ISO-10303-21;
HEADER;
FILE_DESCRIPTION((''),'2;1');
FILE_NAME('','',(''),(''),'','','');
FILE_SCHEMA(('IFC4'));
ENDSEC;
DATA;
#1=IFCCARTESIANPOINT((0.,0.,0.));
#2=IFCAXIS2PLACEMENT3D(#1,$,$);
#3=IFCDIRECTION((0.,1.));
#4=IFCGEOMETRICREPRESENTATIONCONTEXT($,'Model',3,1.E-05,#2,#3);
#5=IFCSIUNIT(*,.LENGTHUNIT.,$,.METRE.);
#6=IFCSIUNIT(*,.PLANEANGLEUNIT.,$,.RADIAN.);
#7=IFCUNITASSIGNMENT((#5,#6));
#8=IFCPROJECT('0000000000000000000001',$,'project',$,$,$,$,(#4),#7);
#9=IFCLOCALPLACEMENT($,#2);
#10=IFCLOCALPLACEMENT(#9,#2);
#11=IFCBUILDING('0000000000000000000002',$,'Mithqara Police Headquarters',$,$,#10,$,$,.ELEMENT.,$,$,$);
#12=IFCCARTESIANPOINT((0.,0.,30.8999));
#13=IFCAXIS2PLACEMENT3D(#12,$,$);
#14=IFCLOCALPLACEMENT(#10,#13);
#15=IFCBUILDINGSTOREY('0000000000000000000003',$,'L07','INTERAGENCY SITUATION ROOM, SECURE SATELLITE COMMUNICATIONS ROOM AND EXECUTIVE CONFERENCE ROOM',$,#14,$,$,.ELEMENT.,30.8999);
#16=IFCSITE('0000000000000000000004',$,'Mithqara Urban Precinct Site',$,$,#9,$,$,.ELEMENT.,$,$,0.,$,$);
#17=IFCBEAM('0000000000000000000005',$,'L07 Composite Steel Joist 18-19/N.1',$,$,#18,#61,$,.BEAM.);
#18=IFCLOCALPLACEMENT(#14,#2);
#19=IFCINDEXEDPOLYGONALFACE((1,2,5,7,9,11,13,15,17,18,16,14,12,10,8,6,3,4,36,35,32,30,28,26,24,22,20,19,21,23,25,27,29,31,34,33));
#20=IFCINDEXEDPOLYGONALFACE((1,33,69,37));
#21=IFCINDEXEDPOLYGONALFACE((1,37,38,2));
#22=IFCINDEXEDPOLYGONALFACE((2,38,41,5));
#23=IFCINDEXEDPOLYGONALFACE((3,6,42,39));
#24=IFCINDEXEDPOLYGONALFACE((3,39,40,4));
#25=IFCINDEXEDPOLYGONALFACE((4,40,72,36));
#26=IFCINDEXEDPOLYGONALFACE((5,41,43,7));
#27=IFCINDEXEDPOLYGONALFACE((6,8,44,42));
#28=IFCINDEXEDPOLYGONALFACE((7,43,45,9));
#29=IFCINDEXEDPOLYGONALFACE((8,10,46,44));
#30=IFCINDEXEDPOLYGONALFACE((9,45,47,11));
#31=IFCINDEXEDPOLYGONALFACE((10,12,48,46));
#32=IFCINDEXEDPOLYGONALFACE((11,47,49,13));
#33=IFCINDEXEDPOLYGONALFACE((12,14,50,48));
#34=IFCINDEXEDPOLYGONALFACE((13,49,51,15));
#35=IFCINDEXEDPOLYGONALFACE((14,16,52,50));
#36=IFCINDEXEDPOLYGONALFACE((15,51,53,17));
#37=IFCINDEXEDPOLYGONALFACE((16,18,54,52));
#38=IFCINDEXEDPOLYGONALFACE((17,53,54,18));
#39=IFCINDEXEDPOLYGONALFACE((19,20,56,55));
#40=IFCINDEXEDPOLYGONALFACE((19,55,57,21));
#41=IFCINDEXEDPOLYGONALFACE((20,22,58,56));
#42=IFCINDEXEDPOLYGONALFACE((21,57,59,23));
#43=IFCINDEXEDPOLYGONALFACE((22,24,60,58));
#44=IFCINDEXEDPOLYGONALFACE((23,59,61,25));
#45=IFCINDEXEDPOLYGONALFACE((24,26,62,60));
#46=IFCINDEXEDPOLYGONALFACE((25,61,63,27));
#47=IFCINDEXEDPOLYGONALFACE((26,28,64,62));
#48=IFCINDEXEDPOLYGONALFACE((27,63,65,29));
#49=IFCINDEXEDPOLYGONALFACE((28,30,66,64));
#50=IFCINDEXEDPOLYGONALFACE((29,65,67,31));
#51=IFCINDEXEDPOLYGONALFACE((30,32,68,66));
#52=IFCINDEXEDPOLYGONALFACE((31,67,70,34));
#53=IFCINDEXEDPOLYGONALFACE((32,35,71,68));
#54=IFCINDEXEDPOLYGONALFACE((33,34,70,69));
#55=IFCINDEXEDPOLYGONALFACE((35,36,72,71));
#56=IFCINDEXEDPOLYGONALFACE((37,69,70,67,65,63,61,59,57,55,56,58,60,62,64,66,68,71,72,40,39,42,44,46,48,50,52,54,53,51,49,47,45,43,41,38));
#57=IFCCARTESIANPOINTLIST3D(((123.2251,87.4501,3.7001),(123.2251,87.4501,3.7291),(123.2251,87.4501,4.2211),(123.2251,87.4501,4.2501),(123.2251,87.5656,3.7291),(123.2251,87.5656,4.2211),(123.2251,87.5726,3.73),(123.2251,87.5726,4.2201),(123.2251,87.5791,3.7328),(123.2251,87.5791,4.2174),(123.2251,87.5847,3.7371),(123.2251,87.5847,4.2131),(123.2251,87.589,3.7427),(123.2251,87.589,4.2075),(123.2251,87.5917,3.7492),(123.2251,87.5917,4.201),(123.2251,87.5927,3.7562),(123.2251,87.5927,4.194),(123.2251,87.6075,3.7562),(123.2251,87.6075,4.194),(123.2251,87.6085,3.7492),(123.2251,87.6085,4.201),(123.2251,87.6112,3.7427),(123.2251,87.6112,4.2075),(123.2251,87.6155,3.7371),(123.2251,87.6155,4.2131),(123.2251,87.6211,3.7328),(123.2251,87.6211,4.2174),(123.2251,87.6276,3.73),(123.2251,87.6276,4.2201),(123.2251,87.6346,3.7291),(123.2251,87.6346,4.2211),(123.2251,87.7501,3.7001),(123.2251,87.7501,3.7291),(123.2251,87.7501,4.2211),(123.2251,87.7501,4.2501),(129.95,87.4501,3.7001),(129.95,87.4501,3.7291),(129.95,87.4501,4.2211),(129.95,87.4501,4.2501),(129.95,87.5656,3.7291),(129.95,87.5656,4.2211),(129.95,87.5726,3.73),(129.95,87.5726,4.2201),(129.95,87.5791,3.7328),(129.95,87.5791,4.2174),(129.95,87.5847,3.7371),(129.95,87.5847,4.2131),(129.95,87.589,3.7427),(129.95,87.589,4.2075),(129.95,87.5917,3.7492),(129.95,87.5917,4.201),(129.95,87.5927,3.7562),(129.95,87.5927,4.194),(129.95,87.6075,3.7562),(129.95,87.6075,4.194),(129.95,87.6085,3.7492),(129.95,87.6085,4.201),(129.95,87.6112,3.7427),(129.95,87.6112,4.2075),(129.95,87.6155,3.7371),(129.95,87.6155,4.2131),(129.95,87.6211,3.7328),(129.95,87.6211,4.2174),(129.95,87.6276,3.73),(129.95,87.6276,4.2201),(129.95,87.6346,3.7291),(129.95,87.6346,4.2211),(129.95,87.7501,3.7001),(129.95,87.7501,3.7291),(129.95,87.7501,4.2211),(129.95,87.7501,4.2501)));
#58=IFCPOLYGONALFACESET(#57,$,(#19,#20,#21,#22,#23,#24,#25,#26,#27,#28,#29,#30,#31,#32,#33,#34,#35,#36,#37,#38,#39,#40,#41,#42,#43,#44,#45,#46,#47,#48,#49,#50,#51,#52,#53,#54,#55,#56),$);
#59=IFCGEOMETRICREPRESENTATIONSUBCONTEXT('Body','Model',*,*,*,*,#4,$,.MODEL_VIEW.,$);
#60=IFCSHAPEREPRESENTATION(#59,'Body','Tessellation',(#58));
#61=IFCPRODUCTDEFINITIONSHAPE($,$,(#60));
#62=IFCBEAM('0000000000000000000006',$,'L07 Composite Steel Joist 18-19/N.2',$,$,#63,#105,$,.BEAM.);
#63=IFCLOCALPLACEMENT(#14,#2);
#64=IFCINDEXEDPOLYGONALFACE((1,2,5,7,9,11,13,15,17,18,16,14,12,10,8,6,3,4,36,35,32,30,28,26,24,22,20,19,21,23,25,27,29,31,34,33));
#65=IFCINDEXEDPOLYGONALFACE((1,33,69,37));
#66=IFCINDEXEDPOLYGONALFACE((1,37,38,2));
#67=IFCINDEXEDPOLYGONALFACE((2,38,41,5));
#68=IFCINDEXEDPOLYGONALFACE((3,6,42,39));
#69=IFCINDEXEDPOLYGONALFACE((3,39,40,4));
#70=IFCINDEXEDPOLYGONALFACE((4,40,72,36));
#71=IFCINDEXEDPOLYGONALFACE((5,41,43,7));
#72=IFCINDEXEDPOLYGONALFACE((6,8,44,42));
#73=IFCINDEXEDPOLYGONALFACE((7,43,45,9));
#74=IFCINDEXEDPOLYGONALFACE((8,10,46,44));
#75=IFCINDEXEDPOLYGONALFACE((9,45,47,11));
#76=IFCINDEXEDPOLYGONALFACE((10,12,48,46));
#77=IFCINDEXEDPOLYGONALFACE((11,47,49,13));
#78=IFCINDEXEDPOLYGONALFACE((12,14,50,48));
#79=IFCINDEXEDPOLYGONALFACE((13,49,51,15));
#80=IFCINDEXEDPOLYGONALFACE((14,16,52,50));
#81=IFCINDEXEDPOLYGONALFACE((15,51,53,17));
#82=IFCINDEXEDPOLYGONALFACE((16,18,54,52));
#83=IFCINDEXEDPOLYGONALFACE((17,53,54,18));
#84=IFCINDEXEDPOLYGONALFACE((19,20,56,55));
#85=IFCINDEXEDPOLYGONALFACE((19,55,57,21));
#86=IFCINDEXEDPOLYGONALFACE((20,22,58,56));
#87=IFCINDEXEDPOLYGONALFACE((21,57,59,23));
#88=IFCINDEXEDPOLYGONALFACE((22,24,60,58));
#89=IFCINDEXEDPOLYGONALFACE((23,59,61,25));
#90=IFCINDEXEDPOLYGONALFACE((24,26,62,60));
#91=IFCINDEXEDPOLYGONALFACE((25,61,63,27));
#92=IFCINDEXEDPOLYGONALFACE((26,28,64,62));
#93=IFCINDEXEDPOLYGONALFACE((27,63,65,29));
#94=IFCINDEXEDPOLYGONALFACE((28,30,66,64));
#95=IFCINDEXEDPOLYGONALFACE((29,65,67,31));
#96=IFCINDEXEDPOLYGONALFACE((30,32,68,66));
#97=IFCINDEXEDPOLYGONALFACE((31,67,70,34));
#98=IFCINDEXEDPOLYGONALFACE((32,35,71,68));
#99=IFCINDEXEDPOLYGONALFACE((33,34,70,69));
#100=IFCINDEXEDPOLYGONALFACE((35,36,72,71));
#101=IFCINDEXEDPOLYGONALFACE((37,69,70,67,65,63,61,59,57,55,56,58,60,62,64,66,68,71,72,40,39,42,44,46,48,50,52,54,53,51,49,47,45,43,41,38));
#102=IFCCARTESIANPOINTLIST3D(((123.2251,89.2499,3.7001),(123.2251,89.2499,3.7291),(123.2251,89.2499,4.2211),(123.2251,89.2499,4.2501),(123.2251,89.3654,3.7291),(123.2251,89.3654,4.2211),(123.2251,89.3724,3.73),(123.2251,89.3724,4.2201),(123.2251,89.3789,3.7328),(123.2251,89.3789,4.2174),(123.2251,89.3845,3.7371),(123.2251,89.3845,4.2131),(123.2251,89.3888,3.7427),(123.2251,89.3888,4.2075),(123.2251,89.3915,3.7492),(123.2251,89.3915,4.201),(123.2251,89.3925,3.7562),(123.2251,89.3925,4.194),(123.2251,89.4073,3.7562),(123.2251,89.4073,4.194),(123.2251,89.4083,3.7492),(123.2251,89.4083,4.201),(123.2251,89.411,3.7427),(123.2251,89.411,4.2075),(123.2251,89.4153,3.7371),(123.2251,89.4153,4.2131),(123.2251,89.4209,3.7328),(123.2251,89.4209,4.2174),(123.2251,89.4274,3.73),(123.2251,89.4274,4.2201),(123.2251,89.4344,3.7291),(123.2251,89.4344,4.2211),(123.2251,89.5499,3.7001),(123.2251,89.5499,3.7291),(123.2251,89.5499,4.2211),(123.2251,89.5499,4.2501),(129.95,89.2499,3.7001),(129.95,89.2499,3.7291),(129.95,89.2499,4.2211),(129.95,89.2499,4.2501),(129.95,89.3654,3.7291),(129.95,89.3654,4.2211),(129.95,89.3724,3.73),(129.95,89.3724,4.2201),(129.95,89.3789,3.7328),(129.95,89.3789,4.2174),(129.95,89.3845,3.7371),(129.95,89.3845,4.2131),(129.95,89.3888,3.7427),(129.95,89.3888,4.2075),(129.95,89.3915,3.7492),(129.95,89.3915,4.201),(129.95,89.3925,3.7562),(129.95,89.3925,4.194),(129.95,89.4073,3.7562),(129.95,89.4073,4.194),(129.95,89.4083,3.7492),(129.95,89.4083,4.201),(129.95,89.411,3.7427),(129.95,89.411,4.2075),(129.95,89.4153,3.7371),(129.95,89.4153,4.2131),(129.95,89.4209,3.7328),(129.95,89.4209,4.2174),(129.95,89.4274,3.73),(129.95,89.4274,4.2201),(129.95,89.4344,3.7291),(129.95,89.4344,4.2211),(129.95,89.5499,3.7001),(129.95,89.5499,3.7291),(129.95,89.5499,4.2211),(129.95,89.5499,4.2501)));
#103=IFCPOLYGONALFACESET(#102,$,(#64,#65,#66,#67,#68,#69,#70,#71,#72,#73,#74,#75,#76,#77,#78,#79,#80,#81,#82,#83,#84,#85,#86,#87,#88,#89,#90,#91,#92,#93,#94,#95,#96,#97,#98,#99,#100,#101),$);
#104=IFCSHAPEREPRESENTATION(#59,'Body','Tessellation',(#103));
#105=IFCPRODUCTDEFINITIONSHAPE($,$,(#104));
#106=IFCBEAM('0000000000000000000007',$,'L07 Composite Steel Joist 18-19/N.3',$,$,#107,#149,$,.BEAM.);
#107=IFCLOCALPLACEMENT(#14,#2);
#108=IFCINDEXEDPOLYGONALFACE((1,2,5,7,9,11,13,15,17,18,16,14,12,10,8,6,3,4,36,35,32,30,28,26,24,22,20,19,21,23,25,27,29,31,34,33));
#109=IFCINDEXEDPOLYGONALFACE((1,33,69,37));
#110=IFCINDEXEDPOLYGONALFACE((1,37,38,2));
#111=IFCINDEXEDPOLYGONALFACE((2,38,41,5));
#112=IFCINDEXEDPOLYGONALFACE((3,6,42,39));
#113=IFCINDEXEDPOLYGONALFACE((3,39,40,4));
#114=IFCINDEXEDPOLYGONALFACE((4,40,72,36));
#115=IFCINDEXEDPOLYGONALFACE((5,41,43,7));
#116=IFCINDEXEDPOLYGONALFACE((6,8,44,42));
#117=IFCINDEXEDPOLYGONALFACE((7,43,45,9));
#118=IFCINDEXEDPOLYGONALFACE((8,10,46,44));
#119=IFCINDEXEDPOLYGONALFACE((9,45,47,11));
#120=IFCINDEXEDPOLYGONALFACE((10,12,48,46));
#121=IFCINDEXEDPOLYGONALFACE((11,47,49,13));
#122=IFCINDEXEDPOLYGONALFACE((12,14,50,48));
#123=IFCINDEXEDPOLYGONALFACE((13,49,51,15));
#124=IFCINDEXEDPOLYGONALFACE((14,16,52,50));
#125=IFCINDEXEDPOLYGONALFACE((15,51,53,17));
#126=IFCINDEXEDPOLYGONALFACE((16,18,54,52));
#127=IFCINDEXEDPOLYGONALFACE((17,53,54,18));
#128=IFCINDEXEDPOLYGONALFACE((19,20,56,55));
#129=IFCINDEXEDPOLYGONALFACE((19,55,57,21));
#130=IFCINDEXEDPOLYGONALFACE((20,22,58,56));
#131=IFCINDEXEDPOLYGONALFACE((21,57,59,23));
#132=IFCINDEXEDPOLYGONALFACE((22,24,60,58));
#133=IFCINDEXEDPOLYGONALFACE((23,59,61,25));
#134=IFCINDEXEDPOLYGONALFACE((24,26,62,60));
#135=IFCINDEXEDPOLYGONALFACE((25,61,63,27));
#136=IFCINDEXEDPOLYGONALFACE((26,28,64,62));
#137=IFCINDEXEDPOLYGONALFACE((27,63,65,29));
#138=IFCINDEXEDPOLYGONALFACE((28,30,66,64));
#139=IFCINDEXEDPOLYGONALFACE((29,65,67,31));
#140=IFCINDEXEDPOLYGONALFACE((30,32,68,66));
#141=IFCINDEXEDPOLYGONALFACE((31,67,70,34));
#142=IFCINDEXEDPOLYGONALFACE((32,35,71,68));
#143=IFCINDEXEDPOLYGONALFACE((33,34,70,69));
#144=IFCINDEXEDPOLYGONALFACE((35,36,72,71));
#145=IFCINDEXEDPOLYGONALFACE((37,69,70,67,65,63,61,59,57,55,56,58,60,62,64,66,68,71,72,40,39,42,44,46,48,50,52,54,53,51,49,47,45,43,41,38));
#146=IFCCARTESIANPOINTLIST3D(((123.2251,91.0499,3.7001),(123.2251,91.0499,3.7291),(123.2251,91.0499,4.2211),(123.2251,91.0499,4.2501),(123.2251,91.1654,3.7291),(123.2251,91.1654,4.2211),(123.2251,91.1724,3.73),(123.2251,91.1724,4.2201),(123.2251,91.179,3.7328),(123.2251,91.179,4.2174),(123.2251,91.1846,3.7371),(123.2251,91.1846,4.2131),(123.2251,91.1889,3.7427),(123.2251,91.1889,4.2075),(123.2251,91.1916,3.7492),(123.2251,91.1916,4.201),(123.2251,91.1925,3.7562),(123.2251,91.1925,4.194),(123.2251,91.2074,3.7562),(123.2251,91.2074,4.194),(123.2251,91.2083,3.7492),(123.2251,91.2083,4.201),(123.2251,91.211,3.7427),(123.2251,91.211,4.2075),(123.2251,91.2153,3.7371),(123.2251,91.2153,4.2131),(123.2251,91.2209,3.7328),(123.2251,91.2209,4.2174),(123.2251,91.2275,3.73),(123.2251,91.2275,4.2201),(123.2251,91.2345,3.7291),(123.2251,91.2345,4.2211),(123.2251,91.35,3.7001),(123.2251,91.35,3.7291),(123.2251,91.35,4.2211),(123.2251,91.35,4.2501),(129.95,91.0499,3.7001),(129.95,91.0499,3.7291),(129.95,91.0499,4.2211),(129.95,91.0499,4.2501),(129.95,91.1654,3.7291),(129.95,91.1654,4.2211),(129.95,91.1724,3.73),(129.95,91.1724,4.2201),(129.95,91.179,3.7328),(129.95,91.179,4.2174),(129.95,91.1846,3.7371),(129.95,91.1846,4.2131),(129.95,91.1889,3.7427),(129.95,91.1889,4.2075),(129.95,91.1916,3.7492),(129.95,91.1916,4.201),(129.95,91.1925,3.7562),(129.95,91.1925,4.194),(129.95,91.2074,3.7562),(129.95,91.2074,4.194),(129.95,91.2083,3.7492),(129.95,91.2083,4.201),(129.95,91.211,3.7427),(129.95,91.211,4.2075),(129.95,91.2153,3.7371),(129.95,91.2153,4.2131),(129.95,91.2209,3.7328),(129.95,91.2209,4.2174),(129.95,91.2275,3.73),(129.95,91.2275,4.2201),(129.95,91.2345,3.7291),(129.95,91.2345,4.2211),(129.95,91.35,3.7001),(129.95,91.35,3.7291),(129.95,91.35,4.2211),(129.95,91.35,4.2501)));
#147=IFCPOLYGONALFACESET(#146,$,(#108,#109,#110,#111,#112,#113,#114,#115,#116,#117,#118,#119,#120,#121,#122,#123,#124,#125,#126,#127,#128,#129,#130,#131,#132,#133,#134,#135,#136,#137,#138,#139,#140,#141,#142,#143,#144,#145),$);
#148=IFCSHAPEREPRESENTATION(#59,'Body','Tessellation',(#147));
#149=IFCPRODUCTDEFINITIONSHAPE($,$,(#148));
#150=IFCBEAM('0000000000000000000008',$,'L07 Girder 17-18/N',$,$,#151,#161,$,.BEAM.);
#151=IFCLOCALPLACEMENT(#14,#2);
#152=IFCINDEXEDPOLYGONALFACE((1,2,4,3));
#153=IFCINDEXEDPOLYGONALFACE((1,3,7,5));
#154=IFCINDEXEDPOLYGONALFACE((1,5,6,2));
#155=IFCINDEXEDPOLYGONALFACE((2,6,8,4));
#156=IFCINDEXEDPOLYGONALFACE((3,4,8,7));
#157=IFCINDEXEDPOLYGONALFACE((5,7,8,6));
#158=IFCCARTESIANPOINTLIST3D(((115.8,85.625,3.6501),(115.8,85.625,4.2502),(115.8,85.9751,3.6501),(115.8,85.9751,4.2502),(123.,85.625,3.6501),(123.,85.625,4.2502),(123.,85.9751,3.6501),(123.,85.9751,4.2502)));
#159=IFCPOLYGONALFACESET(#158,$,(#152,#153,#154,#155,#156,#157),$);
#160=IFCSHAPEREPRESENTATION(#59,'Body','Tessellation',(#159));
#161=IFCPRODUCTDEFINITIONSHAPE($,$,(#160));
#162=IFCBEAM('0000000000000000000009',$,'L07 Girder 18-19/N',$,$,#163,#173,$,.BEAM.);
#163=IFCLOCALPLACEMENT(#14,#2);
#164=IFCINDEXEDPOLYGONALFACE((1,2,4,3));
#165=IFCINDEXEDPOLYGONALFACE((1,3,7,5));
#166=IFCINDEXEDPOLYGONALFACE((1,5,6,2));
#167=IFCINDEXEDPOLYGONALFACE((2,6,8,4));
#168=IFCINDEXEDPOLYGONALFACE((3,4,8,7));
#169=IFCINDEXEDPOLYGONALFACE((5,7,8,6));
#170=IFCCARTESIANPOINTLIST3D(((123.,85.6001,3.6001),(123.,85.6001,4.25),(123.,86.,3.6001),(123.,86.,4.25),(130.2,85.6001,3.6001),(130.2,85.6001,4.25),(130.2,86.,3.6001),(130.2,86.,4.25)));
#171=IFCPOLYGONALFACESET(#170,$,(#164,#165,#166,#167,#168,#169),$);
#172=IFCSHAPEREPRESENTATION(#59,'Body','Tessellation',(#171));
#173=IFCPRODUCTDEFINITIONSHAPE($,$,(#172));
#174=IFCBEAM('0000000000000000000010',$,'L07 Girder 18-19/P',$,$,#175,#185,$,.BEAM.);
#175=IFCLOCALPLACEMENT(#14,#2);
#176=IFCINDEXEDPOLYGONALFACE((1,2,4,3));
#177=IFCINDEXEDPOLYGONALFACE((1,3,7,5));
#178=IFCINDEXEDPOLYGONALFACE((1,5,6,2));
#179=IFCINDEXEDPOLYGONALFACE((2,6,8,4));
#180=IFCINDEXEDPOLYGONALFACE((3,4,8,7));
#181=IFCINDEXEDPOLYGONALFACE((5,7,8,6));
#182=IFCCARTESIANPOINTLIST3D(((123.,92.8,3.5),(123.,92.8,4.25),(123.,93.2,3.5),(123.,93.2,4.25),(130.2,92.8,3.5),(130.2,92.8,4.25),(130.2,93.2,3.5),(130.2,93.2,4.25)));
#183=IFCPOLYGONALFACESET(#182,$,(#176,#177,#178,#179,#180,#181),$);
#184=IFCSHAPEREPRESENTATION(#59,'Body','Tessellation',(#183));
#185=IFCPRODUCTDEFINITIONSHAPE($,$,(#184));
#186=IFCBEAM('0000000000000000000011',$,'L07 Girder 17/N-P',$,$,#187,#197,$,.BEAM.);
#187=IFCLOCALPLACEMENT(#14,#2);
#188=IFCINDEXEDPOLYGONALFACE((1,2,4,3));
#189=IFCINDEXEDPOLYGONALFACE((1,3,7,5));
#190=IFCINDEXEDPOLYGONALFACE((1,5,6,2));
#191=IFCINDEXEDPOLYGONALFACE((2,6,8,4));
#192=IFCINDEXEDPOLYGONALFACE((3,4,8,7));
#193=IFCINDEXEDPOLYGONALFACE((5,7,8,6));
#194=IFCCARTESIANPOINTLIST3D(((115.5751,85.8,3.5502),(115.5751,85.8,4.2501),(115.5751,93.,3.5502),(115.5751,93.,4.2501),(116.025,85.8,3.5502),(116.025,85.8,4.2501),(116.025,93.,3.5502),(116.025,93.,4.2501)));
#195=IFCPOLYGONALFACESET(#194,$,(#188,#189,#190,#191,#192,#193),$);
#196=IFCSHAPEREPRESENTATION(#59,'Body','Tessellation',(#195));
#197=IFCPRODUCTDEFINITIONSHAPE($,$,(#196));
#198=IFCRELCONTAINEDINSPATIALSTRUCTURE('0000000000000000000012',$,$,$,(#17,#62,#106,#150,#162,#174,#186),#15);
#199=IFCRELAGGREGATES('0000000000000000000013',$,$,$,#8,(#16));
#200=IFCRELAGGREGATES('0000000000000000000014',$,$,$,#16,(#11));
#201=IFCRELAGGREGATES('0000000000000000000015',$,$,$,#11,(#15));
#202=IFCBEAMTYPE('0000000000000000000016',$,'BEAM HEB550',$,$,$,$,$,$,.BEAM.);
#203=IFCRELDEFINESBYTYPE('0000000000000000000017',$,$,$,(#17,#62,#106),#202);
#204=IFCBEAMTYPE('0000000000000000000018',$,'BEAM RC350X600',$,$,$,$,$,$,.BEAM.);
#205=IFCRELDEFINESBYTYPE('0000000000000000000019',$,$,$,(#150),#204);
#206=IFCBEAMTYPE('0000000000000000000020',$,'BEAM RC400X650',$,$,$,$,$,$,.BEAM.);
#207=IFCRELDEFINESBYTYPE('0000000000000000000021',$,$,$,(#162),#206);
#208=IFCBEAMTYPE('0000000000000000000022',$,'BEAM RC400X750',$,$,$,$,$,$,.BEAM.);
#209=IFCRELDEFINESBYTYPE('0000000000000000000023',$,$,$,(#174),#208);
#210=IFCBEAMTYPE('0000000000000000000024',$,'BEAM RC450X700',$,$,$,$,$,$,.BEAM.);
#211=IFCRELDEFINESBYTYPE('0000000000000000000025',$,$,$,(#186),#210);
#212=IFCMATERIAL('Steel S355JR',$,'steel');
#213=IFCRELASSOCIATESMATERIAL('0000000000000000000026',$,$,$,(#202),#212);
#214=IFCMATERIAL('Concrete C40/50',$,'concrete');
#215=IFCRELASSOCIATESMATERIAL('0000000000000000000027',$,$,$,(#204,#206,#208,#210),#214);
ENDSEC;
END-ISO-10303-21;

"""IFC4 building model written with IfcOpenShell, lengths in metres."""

from ifc_helpers import new_model, si_unit, direction, frame, origin, origin_2d, place, context, subcontext, project, spatial, rectangle, i_section, extrude, material, material_profile, profile_set, type_object, element, save


model = new_model("IFC4")

# Units and contexts
model_context = context("Model", 3, precision=1e-05, world=origin(), true_north=direction((0.0, 1.0)))
body_context = subcontext(model_context, "Body", "Model", "MODEL_VIEW")
ifc_project = project(units=[si_unit("LENGTHUNIT", "METRE"), si_unit("PLANEANGLEUNIT", "RADIAN")], contexts=[model_context])

# Site, building, storey
site_placement = place(None, origin())
site = spatial("IfcSite", under=ifc_project, at=site_placement, Name="Mithqara Urban Precinct Site", CompositionType="ELEMENT", RefElevation=0.0)
building_placement = place(site_placement, origin())
building = spatial("IfcBuilding", under=site, at=building_placement, Name="Mithqara Police Headquarters", CompositionType="ELEMENT")
storey_placement = place(building_placement, frame((0.0, 0.0, 30.8999)))
storey = spatial("IfcBuildingStorey", under=building, at=storey_placement, Name="L07", Description="INTERAGENCY SITUATION ROOM, SECURE SATELLITE COMMUNICATIONS ROOM AND EXECUTIVE CONFERENCE ROOM", CompositionType="ELEMENT", Elevation=30.8999)

# Beams
ifc_material_1 = material(Name="Steel S355JR", Category="steel")
ifc_material_profile_1 = material_profile(ifc_material_1, i_section(OverallWidth=0.3, OverallDepth=0.55, WebThickness=0.0149, FlangeThickness=0.0291, FilletRadius=0.0271, at=origin_2d()), Name="HEB 550")
ifc_profile_set_1 = profile_set([ifc_material_profile_1], Name="Steel S355JR")
beam_type_1 = type_object("IfcBeamType", Name="BEAM HEB550", PredefinedType="BEAM", material=ifc_profile_set_1)
for number, where, z_axis, x_axis, name in (
    (1, (123.2251, 87.6001, 3.9751), (1.0, 0.0, 0.0), (0.0, 1.0, 0.0), "L07 Composite Steel Joist 18-19/N.1"),
    (2, (123.2251, 89.3999, 3.9751), (1.0, 0.0, 0.0), (0.0, 1.0, 0.0), "L07 Composite Steel Joist 18-19/N.2"),
    (3, (123.2251, 91.2, 3.9751), (1.0, 0.0, 0.0), (0.0, 1.0, 0.0), "L07 Composite Steel Joist 18-19/N.3"),
):
    element("IfcBeam", number, at=place(storey_placement, frame(where, z_axis=z_axis, x_axis=x_axis)), inside=storey, type_object=beam_type_1, Name=name, PredefinedType="BEAM", context=body_context, shape_type="SweptSolid", body=[
        extrude(i_section(OverallWidth=0.3, OverallDepth=0.55, WebThickness=0.0149, FlangeThickness=0.0291, FilletRadius=0.0271, at=origin_2d()), origin(), (0.0, 0.0, 1.0), 6.7249),
    ])
ifc_material_2 = material(Name="Concrete C40/50", Category="concrete")
ifc_material_profile_2 = material_profile(ifc_material_2, rectangle(XDim=0.3501, YDim=0.6001, at=origin_2d()), Name="RC 350x600")
ifc_profile_set_2 = profile_set([ifc_material_profile_2], Name="Concrete C40/50")
beam_type_2 = type_object("IfcBeamType", Name="BEAM RC350X600", PredefinedType="BEAM", material=ifc_profile_set_2)
beam_1_placement = place(storey_placement, frame((115.8, 85.8, 3.9502), z_axis=(1.0, 0.0, 0.0), x_axis=(0.0, 1.0, 0.0)))
element("IfcBeam", 4, at=beam_1_placement, inside=storey, type_object=beam_type_2, Name="L07 Girder 17-18/N", PredefinedType="BEAM", context=body_context, shape_type="SweptSolid", body=[
    extrude(rectangle(XDim=0.3501, YDim=0.6001, at=origin_2d()), origin(), (0.0, 0.0, 1.0), 7.2),
])
ifc_material_profile_3 = material_profile(ifc_material_2, rectangle(XDim=0.3999, YDim=0.6499, at=origin_2d()), Name="RC 400x650")
ifc_profile_set_3 = profile_set([ifc_material_profile_3], Name="Concrete C40/50")
beam_type_3 = type_object("IfcBeamType", Name="BEAM RC400X650", PredefinedType="BEAM", material=ifc_profile_set_3)
beam_2_placement = place(storey_placement, frame((123.0, 85.8, 3.925), z_axis=(1.0, 0.0, 0.0), x_axis=(0.0, 1.0, 0.0)))
element("IfcBeam", 5, at=beam_2_placement, inside=storey, type_object=beam_type_3, Name="L07 Girder 18-19/N", PredefinedType="BEAM", context=body_context, shape_type="SweptSolid", body=[
    extrude(rectangle(XDim=0.3999, YDim=0.6499, at=origin_2d()), origin(), (0.0, 0.0, 1.0), 7.2),
])
ifc_material_profile_4 = material_profile(ifc_material_2, rectangle(XDim=0.3999, YDim=0.75, at=origin_2d()), Name="RC 400x750")
ifc_profile_set_4 = profile_set([ifc_material_profile_4], Name="Concrete C40/50")
beam_type_4 = type_object("IfcBeamType", Name="BEAM RC400X750", PredefinedType="BEAM", material=ifc_profile_set_4)
beam_3_placement = place(storey_placement, frame((123.0, 93.0, 3.875), z_axis=(1.0, 0.0, 0.0), x_axis=(0.0, 1.0, 0.0)))
element("IfcBeam", 6, at=beam_3_placement, inside=storey, type_object=beam_type_4, Name="L07 Girder 18-19/P", PredefinedType="BEAM", context=body_context, shape_type="SweptSolid", body=[
    extrude(rectangle(XDim=0.3999, YDim=0.75, at=origin_2d()), origin(), (0.0, 0.0, 1.0), 7.2),
])
ifc_material_profile_5 = material_profile(ifc_material_2, rectangle(XDim=0.45, YDim=0.7, at=origin_2d()), Name="RC 450x700")
ifc_profile_set_5 = profile_set([ifc_material_profile_5], Name="Concrete C40/50")
beam_type_5 = type_object("IfcBeamType", Name="BEAM RC450X700", PredefinedType="BEAM", material=ifc_profile_set_5)
beam_4_placement = place(storey_placement, frame((115.8, 85.8, 3.9001), z_axis=(0.0, 1.0, 0.0), x_axis=(-1.0, 0.0, 0.0)))
element("IfcBeam", 7, at=beam_4_placement, inside=storey, type_object=beam_type_5, Name="L07 Girder 17/N-P", PredefinedType="BEAM", context=body_context, shape_type="SweptSolid", body=[
    extrude(rectangle(XDim=0.45, YDim=0.7, at=origin_2d()), origin(), (0.0, 0.0, 1.0), 7.2),
])

save(model, "model.ifc")
